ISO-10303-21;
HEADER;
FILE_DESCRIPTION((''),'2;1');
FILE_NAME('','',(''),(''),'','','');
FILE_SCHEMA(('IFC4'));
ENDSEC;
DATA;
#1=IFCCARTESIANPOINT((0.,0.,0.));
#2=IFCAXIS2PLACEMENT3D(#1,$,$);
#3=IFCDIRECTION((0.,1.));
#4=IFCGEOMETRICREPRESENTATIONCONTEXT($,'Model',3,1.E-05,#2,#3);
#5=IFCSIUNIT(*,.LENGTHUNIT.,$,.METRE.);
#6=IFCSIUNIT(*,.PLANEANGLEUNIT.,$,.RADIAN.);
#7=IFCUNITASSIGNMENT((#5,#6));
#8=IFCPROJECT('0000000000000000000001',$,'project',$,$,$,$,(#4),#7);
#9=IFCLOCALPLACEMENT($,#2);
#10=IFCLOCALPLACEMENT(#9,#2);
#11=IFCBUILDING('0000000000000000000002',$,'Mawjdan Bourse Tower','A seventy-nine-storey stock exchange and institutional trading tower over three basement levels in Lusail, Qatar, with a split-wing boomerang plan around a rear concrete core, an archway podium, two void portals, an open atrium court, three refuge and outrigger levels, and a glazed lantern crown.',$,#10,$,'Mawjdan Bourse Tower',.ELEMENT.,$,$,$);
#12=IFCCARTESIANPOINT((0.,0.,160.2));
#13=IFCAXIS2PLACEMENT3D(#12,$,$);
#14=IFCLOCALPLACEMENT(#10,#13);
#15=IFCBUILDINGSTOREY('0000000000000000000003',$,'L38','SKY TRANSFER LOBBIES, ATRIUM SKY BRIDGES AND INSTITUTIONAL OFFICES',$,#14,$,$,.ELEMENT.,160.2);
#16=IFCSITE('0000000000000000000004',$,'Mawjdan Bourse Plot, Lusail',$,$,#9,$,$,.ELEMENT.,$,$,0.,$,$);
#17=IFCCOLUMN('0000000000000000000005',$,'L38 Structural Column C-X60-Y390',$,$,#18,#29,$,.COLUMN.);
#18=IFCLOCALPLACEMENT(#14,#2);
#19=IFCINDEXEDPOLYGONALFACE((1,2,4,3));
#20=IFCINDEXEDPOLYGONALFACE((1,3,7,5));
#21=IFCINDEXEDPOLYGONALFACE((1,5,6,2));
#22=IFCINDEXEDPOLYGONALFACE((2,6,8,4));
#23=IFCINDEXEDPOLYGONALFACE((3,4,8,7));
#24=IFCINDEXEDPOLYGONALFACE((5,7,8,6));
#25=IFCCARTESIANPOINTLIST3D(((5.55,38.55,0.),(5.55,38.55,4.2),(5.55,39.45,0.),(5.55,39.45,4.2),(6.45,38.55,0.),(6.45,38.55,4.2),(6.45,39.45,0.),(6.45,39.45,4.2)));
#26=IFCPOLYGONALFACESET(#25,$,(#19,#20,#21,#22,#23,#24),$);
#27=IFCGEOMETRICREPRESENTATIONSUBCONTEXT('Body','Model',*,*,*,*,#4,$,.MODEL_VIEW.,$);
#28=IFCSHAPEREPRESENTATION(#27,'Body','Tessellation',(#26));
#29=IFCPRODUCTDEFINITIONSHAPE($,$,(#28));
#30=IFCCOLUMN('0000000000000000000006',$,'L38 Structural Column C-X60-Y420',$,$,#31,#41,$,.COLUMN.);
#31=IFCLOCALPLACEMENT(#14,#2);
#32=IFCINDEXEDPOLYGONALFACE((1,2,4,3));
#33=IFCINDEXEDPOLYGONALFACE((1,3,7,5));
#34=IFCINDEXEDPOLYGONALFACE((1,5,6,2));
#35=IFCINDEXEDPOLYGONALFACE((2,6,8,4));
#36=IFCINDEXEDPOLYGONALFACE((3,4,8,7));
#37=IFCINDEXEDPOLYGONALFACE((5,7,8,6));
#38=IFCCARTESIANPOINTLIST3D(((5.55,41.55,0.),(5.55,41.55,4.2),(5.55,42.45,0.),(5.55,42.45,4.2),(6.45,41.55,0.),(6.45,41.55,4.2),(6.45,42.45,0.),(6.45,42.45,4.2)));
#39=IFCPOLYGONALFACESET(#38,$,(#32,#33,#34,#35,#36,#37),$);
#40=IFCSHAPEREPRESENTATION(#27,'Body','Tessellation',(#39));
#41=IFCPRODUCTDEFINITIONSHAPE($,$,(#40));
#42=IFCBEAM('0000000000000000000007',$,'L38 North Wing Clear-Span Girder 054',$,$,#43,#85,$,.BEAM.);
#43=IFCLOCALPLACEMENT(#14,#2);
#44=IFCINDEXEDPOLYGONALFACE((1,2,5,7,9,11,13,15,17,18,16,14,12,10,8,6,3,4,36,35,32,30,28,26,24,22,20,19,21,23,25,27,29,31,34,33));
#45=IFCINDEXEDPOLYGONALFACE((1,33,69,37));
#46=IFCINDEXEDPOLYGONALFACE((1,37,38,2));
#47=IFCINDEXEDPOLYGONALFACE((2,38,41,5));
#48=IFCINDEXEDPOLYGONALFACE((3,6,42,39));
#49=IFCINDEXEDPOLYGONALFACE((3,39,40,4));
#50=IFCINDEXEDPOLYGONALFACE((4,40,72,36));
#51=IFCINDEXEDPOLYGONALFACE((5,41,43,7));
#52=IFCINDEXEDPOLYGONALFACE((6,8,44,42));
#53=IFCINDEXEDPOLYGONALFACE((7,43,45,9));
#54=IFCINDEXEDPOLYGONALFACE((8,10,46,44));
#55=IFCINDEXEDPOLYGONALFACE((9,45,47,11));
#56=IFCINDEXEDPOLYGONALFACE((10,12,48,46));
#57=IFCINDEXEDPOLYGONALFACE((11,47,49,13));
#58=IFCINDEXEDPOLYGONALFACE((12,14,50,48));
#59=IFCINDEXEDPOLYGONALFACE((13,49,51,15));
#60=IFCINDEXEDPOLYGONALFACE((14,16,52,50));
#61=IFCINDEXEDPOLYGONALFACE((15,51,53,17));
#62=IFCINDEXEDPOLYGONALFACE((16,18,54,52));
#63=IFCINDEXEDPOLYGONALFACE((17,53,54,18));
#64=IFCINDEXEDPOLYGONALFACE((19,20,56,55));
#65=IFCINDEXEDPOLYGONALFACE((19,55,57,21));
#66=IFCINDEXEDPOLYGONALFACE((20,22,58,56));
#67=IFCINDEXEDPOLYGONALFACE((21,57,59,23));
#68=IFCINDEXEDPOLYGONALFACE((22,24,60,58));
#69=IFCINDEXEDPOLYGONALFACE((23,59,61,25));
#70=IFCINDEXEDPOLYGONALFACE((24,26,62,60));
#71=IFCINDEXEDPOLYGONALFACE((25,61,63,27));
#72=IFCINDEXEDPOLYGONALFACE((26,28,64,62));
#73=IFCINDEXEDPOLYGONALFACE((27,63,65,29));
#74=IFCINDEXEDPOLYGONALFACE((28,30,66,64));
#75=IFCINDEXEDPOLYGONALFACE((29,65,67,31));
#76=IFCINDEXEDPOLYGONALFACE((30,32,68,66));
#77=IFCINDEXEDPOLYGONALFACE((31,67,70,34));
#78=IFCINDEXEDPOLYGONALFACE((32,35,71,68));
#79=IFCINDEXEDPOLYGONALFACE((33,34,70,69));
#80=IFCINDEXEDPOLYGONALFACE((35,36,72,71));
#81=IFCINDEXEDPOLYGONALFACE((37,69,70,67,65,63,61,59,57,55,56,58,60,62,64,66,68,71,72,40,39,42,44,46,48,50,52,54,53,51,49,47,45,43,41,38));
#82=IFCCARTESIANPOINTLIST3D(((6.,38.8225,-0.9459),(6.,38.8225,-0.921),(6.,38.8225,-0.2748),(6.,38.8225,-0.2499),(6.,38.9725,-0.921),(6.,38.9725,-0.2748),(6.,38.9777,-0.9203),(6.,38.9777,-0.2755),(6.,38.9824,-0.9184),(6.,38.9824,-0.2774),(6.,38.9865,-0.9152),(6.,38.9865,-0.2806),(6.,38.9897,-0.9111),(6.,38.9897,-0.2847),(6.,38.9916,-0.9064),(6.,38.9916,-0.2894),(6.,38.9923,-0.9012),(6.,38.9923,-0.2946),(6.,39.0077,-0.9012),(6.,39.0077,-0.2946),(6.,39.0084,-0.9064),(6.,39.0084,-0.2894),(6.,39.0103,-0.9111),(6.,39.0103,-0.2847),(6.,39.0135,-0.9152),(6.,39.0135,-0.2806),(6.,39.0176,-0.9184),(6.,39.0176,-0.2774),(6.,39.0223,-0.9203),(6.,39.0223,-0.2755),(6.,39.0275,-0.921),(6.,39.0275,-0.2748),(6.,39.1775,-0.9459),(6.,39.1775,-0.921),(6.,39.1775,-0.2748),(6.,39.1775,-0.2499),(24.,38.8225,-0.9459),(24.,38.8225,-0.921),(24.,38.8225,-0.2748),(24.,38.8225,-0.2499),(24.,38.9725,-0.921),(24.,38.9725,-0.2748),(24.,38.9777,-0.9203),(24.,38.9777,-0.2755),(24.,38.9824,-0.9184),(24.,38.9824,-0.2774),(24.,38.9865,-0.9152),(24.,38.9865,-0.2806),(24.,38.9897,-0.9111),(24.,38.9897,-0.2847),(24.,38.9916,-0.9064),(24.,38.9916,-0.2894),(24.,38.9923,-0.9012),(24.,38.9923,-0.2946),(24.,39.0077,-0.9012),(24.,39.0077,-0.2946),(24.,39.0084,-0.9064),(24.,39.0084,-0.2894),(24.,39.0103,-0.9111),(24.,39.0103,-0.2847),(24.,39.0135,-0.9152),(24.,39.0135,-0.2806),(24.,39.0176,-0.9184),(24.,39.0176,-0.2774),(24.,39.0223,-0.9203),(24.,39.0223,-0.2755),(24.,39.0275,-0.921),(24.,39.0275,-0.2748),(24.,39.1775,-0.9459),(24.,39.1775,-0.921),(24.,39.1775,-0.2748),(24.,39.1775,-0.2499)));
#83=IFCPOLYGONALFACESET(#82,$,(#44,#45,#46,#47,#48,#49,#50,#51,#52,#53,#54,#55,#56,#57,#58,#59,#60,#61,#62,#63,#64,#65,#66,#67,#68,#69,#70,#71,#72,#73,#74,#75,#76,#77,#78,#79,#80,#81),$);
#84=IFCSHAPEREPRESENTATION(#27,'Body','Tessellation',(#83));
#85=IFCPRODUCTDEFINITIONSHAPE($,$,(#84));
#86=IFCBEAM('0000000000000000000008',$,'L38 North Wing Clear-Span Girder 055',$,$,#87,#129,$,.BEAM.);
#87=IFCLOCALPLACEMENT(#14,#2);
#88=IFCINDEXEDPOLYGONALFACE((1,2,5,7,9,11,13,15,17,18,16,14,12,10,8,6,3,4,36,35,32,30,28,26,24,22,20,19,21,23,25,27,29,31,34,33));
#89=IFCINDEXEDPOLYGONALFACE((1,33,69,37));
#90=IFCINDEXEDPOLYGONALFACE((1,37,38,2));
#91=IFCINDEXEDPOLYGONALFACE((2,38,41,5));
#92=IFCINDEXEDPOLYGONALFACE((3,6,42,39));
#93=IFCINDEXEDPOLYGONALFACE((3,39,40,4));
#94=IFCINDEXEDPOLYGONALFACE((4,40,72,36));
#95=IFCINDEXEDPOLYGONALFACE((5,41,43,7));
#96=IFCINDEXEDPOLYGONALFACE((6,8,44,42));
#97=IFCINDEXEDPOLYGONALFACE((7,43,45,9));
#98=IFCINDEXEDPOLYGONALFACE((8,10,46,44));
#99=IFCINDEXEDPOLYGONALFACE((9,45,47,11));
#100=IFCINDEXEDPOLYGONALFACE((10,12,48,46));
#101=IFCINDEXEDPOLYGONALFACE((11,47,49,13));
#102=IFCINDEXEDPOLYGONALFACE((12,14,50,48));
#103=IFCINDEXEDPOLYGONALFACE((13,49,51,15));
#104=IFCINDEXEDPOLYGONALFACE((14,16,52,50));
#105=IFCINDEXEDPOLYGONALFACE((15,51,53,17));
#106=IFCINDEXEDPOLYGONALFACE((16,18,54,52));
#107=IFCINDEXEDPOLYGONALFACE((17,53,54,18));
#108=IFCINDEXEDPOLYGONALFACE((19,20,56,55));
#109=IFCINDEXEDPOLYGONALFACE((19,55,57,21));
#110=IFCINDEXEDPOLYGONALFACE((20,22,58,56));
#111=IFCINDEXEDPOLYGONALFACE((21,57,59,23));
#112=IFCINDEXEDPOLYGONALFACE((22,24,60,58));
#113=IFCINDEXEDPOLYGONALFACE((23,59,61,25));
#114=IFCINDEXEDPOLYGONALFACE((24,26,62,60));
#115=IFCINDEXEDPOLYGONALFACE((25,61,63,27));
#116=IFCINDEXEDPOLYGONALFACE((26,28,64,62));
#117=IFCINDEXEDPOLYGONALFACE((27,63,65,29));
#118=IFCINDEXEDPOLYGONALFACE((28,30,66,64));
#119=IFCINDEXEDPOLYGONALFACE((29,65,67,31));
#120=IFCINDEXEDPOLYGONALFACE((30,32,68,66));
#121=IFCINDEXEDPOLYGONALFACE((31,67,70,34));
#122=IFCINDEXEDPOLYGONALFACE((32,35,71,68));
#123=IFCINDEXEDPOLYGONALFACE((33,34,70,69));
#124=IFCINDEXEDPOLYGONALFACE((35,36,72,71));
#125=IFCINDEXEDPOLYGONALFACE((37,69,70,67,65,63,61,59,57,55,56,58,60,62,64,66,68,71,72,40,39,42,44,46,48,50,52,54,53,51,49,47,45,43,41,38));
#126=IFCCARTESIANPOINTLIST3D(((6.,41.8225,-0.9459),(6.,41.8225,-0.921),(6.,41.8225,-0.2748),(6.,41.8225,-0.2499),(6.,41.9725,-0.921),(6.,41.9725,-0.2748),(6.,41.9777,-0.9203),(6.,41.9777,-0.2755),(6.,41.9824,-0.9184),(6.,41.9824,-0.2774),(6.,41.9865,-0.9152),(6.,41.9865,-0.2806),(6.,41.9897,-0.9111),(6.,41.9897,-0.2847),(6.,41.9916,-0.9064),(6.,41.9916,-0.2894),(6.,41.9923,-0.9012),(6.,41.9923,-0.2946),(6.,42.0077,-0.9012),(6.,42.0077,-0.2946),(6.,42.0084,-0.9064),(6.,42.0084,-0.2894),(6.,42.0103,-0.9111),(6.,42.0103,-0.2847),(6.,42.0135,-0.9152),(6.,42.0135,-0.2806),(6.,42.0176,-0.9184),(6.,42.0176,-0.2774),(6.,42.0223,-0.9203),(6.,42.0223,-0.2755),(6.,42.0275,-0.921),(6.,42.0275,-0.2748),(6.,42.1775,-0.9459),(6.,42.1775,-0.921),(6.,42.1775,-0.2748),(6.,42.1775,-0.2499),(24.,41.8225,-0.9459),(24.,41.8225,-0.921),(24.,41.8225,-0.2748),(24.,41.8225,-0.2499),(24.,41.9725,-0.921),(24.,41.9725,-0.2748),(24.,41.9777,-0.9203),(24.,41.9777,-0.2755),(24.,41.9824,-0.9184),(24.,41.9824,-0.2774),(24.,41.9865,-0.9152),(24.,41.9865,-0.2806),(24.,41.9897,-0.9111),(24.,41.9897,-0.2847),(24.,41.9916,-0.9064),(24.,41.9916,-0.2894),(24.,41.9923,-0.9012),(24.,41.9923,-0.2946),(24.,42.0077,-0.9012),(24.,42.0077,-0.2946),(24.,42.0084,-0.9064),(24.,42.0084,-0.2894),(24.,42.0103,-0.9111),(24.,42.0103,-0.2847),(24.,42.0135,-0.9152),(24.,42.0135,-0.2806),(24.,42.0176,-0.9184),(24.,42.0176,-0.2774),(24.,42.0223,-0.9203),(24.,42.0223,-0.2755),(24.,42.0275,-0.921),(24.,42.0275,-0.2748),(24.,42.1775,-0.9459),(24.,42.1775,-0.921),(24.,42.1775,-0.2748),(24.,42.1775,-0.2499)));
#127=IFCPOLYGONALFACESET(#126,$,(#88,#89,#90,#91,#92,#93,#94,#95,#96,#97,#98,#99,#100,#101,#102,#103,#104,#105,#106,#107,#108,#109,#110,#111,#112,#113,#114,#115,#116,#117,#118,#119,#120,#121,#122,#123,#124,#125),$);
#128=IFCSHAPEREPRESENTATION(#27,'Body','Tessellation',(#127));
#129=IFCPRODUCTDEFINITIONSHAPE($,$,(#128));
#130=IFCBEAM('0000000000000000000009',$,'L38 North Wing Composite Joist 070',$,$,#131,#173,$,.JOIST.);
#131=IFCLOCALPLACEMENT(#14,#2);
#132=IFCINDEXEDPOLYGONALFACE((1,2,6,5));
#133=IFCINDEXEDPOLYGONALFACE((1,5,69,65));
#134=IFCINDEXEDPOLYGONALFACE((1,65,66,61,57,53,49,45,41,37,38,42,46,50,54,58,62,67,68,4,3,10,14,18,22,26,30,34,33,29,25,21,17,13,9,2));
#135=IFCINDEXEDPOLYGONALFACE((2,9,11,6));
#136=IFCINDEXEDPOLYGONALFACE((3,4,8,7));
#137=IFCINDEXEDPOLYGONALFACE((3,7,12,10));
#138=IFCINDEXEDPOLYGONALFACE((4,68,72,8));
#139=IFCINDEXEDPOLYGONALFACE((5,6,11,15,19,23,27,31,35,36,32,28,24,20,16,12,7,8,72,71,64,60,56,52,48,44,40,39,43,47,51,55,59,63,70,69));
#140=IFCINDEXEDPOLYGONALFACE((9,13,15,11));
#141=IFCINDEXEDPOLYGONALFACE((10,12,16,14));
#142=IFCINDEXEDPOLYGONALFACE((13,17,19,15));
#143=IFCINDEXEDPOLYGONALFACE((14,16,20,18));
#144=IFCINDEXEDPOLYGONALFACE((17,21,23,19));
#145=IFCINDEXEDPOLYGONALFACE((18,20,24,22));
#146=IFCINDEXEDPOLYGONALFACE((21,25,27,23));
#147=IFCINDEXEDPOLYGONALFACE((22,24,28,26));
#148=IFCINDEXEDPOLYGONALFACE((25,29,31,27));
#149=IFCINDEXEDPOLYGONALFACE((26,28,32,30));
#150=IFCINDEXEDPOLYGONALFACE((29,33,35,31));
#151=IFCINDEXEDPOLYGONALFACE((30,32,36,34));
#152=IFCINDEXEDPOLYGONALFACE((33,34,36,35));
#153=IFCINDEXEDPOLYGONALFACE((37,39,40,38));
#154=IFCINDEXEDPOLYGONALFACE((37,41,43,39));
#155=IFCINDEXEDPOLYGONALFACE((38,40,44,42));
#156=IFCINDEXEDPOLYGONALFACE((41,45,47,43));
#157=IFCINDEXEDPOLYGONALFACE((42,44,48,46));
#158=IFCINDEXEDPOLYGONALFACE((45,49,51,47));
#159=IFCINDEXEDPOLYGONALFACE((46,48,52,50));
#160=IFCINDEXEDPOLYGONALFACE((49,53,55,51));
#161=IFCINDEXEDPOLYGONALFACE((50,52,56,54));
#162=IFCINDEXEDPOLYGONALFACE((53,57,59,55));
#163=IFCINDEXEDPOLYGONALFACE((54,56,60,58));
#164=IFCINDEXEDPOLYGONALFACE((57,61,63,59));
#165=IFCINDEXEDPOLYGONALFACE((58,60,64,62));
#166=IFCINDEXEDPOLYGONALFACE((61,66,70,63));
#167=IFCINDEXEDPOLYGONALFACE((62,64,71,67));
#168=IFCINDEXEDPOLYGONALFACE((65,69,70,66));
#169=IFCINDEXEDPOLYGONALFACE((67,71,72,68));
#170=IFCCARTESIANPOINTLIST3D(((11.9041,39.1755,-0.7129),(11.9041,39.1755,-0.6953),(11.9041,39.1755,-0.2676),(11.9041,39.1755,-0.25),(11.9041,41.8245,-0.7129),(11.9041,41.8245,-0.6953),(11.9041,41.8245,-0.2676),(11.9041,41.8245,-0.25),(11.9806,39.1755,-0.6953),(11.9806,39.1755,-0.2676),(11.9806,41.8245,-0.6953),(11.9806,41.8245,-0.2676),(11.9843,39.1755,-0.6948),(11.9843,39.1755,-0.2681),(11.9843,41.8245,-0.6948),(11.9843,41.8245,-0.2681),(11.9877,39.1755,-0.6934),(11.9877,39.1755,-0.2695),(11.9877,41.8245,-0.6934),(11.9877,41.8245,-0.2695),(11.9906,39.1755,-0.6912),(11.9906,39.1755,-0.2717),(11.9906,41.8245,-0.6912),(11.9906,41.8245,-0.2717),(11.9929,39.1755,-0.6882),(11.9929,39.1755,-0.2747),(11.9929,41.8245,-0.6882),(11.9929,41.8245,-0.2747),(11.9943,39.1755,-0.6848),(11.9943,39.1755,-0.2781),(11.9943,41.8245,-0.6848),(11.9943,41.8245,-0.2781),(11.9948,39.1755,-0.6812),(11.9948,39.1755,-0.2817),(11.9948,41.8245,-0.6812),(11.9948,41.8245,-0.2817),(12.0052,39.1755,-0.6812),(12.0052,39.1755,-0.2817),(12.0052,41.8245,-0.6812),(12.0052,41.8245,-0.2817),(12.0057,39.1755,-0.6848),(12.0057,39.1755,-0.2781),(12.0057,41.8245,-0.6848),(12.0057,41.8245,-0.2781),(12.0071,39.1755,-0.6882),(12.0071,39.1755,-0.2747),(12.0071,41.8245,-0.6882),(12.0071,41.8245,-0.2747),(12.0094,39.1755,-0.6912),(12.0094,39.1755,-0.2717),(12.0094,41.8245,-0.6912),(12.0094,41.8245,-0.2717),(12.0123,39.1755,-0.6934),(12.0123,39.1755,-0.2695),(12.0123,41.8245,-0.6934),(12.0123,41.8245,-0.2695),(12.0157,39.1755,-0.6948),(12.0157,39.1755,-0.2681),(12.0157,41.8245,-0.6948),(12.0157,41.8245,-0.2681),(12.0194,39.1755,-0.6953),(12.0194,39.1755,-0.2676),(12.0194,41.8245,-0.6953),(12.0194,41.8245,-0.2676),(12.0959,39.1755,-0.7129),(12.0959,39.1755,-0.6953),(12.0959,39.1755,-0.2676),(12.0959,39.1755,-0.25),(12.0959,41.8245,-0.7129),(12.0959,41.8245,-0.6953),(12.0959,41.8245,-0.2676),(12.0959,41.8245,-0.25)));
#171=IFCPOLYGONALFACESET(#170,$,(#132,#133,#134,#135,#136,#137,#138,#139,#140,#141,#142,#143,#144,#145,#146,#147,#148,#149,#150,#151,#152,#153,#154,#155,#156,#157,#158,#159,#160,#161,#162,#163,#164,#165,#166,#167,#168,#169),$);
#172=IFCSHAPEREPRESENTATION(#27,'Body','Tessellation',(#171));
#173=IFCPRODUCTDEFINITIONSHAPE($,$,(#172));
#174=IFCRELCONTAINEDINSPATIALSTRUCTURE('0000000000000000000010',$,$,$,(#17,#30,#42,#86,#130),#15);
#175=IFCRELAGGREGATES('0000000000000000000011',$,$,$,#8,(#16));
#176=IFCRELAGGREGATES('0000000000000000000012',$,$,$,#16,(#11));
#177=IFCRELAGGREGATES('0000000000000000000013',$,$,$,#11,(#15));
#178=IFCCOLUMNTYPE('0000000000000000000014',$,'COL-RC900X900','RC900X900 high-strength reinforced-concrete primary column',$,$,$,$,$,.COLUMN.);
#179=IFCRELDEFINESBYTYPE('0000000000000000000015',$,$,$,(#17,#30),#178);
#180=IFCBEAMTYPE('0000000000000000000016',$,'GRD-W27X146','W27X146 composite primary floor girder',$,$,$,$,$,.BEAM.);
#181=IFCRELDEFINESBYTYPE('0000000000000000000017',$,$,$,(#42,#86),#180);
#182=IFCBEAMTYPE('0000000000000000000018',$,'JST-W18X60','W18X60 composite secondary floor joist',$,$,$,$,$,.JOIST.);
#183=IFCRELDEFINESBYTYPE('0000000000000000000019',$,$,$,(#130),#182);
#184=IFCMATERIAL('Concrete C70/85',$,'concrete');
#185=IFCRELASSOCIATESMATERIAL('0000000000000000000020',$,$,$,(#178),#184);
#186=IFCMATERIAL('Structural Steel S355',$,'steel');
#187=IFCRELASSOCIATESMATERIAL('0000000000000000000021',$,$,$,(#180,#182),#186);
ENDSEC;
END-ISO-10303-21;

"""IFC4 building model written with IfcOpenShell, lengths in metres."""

from ifc_helpers import new_model, si_unit, direction, frame, origin, origin_2d, place, context, subcontext, project, spatial, rectangle, i_section, extrude, material, material_profile, profile_set, type_object, element, save


model = new_model("IFC4")

# Units and contexts
model_context = context("Model", 3, precision=1e-05, world=origin(), true_north=direction((0.0, 1.0)))
body_context = subcontext(model_context, "Body", "Model", "MODEL_VIEW")
ifc_project = project(units=[si_unit("LENGTHUNIT", "METRE"), si_unit("PLANEANGLEUNIT", "RADIAN")], contexts=[model_context])

# Site, building, storey
site_placement = place(None, origin())
site = spatial("IfcSite", under=ifc_project, at=site_placement, Name="Mawjdan Bourse Plot, Lusail", CompositionType="ELEMENT", RefElevation=0.0)
building_placement = place(site_placement, origin())
building = spatial("IfcBuilding", under=site, at=building_placement, Name="Mawjdan Bourse Tower", Description="A seventy-nine-storey stock exchange and institutional trading tower over three basement levels in Lusail, Qatar, with a split-wing boomerang plan around a rear concrete core, an archway podium, two void portals, an open atrium court, three refuge and outrigger levels, and a glazed lantern crown.", LongName="Mawjdan Bourse Tower", CompositionType="ELEMENT")
storey_placement = place(building_placement, frame((0.0, 0.0, 160.2)))
storey = spatial("IfcBuildingStorey", under=building, at=storey_placement, Name="L38", Description="SKY TRANSFER LOBBIES, ATRIUM SKY BRIDGES AND INSTITUTIONAL OFFICES", CompositionType="ELEMENT", Elevation=160.2)

# Columns
ifc_material_1 = material(Name="Concrete C70/85", Category="concrete")
ifc_material_profile_1 = material_profile(ifc_material_1, rectangle(XDim=0.8999, YDim=0.8999, at=origin_2d()), Name="RC900X900")
ifc_profile_set_1 = profile_set([ifc_material_profile_1], Name="Concrete C70/85")
column_type = type_object("IfcColumnType", Name="COL-RC900X900", Description="RC900X900 high-strength reinforced-concrete primary column", PredefinedType="COLUMN", material=ifc_profile_set_1)
for number, where, z_axis, x_axis, name in (
    (1, (6.0, 39.0, 0.0), (0.0, 0.0, 1.0), (1.0, 0.0, 0.0), "L38 Structural Column C-X60-Y390"),
    (2, (6.0, 42.0, 0.0), (0.0, 0.0, 1.0), (1.0, 0.0, 0.0), "L38 Structural Column C-X60-Y420"),
):
    element("IfcColumn", number, at=place(storey_placement, frame(where, z_axis=z_axis, x_axis=x_axis)), inside=storey, type_object=column_type, Name=name, PredefinedType="COLUMN", context=body_context, shape_type="SweptSolid", body=[
        extrude(rectangle(XDim=0.8999, YDim=0.8999, at=origin_2d()), origin(), (0.0, 0.0, 1.0), 4.2),
    ])

# Beams
ifc_material_2 = material(Name="Structural Steel S355", Category="steel")
ifc_material_profile_2 = material_profile(ifc_material_2, i_section(OverallWidth=0.355, OverallDepth=0.696, WebThickness=0.0154, FlangeThickness=0.0249, FilletRadius=0.0198, at=origin_2d()), Name="W27X146")
ifc_profile_set_2 = profile_set([ifc_material_profile_2], Name="Structural Steel S355")
beam_type_1 = type_object("IfcBeamType", Name="GRD-W27X146", Description="W27X146 composite primary floor girder", PredefinedType="BEAM", material=ifc_profile_set_2)
for number, where, z_axis, x_axis, name in (
    (3, (6.0, 39.0, -0.5979), (1.0, 0.0, 0.0), (0.0, 1.0, 0.0), "L38 North Wing Clear-Span Girder 054"),
    (4, (6.0, 42.0, -0.5979), (1.0, 0.0, 0.0), (0.0, 1.0, 0.0), "L38 North Wing Clear-Span Girder 055"),
):
    element("IfcBeam", number, at=place(storey_placement, frame(where, z_axis=z_axis, x_axis=x_axis)), inside=storey, type_object=beam_type_1, Name=name, PredefinedType="BEAM", context=body_context, shape_type="SweptSolid", body=[
        extrude(i_section(OverallWidth=0.355, OverallDepth=0.696, WebThickness=0.0154, FlangeThickness=0.0249, FilletRadius=0.0198, at=origin_2d()), origin(), (0.0, 0.0, 1.0), 18.0),
    ])
ifc_material_profile_3 = material_profile(ifc_material_2, i_section(OverallWidth=0.1919, OverallDepth=0.4629, WebThickness=0.0105, FlangeThickness=0.0176, FilletRadius=0.0142, at=origin_2d()), Name="W18X60")
ifc_profile_set_3 = profile_set([ifc_material_profile_3], Name="Structural Steel S355")
beam_type_2 = type_object("IfcBeamType", Name="JST-W18X60", Description="W18X60 composite secondary floor joist", PredefinedType="JOIST", material=ifc_profile_set_3)
for number, where, z_axis, x_axis, name in (
    (5, (12.0, 39.1755, -0.4814), (0.0, 1.0, 0.0), (-1.0, 0.0, 0.0), "L38 North Wing Composite Joist 070"),
):
    element("IfcBeam", number, at=place(storey_placement, frame(where, z_axis=z_axis, x_axis=x_axis)), inside=storey, type_object=beam_type_2, Name=name, PredefinedType="JOIST", context=body_context, shape_type="SweptSolid", body=[
        extrude(i_section(OverallWidth=0.1919, OverallDepth=0.4629, WebThickness=0.0105, FlangeThickness=0.0176, FilletRadius=0.0142, at=origin_2d()), origin(), (0.0, 0.0, 1.0), 2.6489),
    ])

save(model, "model.ifc")
